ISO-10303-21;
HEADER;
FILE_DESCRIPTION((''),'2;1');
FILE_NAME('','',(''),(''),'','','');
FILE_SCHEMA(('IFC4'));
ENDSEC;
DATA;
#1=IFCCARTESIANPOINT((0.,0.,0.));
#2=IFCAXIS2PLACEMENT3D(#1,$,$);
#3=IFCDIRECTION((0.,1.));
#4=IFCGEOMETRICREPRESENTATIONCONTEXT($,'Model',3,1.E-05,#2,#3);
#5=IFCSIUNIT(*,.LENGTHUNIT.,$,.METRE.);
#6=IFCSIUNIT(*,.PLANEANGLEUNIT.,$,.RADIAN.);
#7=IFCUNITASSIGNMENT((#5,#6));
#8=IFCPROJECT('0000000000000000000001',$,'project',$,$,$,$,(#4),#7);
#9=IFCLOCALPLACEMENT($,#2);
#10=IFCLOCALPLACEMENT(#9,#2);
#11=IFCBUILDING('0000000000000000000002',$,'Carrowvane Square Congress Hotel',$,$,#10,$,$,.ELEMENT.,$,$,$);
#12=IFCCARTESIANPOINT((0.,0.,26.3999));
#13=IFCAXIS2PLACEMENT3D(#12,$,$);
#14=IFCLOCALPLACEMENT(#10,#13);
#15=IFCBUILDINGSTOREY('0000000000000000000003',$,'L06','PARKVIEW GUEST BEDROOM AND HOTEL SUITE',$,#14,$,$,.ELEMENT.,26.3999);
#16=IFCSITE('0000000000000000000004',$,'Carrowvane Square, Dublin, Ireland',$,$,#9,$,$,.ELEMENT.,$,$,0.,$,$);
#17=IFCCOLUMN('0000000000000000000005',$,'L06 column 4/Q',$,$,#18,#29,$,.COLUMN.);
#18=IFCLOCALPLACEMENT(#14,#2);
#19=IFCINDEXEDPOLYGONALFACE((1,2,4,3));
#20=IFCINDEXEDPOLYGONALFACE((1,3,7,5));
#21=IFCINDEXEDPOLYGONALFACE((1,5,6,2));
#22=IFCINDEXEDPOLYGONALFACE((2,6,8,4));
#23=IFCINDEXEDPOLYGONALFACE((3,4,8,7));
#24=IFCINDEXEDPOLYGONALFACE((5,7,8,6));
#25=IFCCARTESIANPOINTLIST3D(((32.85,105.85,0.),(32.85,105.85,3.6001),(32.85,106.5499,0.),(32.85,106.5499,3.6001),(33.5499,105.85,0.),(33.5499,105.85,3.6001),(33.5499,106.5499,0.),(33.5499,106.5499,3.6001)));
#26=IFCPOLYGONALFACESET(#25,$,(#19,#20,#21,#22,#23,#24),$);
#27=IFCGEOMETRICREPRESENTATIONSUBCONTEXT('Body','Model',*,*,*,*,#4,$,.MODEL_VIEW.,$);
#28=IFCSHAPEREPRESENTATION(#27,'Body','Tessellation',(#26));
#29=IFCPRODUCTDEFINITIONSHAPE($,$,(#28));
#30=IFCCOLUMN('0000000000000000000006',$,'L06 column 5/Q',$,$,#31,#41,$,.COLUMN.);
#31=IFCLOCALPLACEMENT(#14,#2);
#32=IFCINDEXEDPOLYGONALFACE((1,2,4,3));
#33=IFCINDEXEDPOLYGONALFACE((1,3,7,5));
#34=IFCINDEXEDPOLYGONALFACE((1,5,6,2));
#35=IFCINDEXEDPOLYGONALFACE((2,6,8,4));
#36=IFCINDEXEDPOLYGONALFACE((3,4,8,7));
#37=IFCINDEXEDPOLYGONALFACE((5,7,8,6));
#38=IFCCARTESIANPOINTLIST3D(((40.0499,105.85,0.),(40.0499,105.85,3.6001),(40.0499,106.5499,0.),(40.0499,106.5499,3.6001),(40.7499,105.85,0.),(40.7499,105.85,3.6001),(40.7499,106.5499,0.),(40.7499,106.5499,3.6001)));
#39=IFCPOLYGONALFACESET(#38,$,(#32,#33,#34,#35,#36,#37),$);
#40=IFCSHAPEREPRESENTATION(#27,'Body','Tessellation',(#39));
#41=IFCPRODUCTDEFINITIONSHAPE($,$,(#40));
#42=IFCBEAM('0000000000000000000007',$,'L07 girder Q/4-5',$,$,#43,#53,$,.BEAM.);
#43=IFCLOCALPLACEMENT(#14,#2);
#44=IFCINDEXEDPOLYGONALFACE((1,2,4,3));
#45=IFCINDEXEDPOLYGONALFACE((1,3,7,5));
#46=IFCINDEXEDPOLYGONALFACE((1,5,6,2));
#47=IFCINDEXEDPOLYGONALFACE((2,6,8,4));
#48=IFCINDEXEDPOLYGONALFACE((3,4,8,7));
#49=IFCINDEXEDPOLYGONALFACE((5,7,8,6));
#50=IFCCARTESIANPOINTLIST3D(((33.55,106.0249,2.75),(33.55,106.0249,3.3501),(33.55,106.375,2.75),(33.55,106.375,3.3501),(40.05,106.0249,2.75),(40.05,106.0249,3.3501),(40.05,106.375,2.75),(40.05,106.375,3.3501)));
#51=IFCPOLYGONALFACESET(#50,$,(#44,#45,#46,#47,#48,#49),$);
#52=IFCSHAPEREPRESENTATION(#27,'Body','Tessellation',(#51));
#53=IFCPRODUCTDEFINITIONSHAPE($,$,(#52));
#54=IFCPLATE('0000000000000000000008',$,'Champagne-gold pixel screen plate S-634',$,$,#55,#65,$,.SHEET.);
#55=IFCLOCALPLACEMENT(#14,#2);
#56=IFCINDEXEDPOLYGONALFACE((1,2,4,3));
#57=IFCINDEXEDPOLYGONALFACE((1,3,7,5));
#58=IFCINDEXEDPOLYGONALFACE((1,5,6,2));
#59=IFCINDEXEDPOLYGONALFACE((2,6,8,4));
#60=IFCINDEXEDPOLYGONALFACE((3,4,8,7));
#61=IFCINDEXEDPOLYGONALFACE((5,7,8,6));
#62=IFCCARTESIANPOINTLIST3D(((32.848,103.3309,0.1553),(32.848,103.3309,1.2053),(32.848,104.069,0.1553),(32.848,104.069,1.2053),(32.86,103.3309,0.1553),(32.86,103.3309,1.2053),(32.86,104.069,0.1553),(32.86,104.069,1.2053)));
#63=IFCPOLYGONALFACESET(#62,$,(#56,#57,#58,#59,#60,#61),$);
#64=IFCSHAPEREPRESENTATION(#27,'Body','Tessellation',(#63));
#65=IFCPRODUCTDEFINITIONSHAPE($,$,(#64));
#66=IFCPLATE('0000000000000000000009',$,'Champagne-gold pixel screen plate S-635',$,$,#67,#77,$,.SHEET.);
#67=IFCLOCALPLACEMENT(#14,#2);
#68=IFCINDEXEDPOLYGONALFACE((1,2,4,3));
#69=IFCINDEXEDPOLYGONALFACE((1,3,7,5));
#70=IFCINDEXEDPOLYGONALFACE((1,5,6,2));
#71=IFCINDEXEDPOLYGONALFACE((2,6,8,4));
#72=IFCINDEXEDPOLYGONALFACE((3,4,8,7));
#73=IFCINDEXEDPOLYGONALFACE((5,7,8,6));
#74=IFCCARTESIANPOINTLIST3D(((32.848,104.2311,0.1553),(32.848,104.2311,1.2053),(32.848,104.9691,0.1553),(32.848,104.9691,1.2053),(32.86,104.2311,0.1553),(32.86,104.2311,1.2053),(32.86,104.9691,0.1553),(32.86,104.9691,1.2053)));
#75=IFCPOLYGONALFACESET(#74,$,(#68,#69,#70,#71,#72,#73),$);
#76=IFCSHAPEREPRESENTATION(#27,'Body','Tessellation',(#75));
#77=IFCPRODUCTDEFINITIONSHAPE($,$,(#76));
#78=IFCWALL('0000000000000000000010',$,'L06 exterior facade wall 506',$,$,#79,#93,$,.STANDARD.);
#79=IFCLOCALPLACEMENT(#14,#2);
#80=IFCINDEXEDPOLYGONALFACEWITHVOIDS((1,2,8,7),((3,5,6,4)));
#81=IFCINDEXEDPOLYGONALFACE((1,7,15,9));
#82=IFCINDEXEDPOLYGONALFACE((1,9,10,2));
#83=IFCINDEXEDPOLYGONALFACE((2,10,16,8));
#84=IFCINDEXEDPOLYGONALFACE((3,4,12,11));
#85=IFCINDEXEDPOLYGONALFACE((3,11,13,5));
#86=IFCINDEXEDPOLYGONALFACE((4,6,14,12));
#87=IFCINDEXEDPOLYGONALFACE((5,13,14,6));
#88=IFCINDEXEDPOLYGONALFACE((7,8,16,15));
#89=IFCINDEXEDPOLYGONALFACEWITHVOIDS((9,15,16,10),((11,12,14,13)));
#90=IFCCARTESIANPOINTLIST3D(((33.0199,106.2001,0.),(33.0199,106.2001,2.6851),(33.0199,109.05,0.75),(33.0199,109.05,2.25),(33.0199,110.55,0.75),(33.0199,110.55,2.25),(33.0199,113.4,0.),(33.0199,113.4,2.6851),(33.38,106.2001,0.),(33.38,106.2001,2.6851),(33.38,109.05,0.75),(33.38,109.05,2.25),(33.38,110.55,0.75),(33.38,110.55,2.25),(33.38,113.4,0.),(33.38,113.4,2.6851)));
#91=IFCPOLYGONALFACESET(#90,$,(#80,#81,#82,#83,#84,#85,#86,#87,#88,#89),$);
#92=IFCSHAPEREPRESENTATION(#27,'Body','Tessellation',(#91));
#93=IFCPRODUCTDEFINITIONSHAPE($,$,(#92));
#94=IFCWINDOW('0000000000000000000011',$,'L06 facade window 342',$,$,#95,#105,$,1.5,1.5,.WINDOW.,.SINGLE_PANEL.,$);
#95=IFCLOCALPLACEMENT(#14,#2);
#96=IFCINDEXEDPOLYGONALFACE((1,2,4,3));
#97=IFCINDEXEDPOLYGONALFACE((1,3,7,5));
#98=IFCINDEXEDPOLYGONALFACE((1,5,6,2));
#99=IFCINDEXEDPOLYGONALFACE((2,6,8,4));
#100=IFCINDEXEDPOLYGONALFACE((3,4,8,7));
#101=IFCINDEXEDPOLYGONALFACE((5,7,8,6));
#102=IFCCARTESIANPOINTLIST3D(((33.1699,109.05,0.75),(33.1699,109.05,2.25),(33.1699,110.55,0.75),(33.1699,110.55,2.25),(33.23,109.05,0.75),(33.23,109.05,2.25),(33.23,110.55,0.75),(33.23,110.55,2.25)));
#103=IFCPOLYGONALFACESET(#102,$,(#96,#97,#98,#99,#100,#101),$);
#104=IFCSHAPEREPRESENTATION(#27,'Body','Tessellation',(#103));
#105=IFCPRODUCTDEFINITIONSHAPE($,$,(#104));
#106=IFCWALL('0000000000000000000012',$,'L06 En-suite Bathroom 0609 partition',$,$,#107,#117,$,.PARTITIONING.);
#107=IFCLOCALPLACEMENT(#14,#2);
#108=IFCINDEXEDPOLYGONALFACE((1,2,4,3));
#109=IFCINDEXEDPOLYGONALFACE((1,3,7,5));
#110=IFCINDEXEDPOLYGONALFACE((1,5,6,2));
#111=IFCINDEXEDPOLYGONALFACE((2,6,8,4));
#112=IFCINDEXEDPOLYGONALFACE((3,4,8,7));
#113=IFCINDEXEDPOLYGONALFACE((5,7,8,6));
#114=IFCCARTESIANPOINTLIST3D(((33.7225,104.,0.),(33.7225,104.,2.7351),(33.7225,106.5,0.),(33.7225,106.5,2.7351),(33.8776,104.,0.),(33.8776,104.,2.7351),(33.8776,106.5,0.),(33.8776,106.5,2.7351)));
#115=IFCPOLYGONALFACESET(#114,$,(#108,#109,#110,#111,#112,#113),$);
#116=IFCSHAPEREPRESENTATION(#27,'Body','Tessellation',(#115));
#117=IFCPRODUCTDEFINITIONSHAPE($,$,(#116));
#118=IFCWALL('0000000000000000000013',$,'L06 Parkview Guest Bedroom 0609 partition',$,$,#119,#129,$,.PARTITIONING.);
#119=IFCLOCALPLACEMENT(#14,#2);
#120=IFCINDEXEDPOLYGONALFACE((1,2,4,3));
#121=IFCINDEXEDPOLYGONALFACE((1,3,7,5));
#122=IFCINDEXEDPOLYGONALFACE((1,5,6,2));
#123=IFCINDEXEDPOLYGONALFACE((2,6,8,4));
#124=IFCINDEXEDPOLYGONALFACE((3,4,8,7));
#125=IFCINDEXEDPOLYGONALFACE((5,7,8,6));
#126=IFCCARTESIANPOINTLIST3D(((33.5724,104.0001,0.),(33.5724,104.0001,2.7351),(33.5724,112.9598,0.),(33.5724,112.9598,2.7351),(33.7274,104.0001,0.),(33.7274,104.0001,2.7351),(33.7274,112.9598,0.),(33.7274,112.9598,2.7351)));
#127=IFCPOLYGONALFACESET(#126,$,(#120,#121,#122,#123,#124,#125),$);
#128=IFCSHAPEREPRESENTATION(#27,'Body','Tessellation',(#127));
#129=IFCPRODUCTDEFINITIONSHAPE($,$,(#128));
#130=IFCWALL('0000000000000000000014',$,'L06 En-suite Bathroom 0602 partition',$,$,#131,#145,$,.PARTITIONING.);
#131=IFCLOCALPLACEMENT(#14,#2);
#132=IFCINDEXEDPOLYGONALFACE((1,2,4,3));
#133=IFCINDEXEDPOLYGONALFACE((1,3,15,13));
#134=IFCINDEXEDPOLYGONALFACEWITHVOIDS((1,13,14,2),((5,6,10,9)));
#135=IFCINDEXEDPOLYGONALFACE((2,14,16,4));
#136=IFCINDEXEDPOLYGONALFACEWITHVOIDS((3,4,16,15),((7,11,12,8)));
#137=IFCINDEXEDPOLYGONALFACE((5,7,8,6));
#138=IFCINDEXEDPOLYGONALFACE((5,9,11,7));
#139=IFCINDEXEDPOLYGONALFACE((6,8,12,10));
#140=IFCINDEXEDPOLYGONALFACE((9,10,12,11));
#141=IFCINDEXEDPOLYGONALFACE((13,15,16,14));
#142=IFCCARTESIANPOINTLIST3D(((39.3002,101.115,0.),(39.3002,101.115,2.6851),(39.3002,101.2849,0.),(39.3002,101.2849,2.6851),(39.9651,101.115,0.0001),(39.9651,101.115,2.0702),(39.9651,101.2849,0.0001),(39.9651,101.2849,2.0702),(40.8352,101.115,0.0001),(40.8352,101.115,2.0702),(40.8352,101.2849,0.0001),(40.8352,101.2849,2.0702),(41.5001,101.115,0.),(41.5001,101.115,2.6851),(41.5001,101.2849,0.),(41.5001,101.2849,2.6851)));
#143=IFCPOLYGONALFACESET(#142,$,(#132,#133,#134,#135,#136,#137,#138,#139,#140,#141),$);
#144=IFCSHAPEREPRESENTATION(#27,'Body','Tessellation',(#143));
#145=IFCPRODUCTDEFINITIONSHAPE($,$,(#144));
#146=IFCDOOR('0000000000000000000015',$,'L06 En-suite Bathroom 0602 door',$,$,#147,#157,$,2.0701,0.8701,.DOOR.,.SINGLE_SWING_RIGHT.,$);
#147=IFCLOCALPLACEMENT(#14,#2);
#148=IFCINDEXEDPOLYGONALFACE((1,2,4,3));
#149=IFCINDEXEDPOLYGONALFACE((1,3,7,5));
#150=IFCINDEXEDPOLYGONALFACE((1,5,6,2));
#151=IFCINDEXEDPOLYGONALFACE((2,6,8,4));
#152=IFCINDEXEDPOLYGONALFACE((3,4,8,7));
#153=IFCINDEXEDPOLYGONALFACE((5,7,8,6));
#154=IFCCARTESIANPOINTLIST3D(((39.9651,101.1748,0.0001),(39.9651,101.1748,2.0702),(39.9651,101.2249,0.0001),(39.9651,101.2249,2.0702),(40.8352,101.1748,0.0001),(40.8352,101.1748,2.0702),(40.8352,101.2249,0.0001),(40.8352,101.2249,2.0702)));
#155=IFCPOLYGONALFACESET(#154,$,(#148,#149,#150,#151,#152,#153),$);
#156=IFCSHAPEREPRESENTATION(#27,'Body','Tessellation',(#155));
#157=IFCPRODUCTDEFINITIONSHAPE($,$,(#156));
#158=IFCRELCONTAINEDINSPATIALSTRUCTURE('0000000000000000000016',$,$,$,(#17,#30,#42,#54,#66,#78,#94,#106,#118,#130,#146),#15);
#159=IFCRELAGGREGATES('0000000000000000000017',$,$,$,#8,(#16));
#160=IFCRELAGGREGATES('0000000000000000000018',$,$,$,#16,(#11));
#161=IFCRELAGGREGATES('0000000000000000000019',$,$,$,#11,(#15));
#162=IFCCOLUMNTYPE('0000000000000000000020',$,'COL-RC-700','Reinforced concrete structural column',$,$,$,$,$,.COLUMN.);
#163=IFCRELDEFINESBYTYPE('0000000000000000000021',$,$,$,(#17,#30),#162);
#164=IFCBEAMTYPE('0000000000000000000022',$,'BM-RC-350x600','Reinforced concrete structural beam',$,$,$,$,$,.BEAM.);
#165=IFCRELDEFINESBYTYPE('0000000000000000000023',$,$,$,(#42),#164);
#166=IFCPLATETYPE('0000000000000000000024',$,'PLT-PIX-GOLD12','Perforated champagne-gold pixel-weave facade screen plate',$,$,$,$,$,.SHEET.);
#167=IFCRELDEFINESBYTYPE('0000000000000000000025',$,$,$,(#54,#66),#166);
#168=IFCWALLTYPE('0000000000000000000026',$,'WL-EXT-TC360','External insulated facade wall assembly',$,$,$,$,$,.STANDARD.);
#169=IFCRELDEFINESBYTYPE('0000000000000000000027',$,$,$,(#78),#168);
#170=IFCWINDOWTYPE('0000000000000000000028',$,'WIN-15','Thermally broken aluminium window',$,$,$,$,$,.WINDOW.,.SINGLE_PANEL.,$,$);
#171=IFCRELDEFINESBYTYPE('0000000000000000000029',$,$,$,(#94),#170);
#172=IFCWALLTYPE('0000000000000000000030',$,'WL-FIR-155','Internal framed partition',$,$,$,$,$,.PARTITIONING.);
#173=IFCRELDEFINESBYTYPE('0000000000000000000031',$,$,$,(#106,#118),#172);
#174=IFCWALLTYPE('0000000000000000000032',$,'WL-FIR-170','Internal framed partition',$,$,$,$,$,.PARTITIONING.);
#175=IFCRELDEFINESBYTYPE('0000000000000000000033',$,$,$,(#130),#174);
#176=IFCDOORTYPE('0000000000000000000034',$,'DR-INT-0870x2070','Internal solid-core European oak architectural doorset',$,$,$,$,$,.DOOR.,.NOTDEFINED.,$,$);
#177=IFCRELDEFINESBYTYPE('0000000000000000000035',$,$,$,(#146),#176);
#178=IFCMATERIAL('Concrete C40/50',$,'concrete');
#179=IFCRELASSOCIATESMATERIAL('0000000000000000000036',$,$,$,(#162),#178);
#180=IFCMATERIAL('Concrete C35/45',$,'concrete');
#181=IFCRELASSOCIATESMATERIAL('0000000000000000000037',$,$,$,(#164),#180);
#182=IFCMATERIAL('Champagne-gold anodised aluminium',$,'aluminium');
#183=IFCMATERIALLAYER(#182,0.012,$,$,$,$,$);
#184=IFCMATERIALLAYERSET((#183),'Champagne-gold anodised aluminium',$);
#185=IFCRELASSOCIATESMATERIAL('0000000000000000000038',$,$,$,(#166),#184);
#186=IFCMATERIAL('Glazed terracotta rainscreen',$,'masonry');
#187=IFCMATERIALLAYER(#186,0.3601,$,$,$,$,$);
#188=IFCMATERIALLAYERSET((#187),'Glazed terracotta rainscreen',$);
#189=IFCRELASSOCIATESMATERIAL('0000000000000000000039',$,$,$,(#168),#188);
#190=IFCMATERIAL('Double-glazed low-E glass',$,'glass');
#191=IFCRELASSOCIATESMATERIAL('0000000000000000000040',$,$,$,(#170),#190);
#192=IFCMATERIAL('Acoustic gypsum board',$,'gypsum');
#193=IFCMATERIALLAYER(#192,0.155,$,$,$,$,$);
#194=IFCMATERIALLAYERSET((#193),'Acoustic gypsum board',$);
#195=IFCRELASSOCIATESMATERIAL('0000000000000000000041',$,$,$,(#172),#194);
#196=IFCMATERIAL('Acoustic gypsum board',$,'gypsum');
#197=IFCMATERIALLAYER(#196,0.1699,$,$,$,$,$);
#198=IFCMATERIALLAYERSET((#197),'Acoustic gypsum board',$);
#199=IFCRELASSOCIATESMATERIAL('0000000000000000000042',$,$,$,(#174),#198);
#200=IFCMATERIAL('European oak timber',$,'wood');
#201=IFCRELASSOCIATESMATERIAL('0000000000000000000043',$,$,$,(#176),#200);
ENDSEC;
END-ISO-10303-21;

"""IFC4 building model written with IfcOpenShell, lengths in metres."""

from ifc_helpers import new_model, si_unit, direction, frame, frame_2d, origin, origin_2d, place, context, subcontext, project, spatial, rectangle, extrude, material, layer, layer_set, material_profile, profile_set, type_object, element, fill, save


model = new_model("IFC4")

# Units and contexts
model_context = context("Model", 3, precision=1e-05, world=origin(), true_north=direction((0.0, 1.0)))
body_context = subcontext(model_context, "Body", "Model", "MODEL_VIEW")
ifc_project = project(units=[si_unit("LENGTHUNIT", "METRE"), si_unit("PLANEANGLEUNIT", "RADIAN")], contexts=[model_context])

# Site, building, storey
site_placement = place(None, origin())
site = spatial("IfcSite", under=ifc_project, at=site_placement, Name="Carrowvane Square, Dublin, Ireland", CompositionType="ELEMENT", RefElevation=0.0)
building_placement = place(site_placement, origin())
building = spatial("IfcBuilding", under=site, at=building_placement, Name="Carrowvane Square Congress Hotel", CompositionType="ELEMENT")
storey_placement = place(building_placement, frame((0.0, 0.0, 26.3999)))
storey = spatial("IfcBuildingStorey", under=building, at=storey_placement, Name="L06", Description="PARKVIEW GUEST BEDROOM AND HOTEL SUITE", CompositionType="ELEMENT", Elevation=26.3999)

# Columns
ifc_material_1 = material(Name="Concrete C40/50", Category="concrete")
ifc_material_profile_1 = material_profile(ifc_material_1, rectangle(XDim=0.7, YDim=0.7, at=origin_2d()), Name="RC 700x700")
ifc_profile_set_1 = profile_set([ifc_material_profile_1], Name="Concrete C40/50")
column_type = type_object("IfcColumnType", Name="COL-RC-700", Description="Reinforced concrete structural column", PredefinedType="COLUMN", material=ifc_profile_set_1)
for number, where, z_axis, x_axis, name in (
    (1, (33.2, 106.2, 0.0), (0.0, 0.0, 1.0), (1.0, 0.0, 0.0), "L06 column 4/Q"),
    (2, (40.3999, 106.2, 0.0), (0.0, 0.0, 1.0), (1.0, 0.0, 0.0), "L06 column 5/Q"),
):
    element("IfcColumn", number, at=place(storey_placement, frame(where, z_axis=z_axis, x_axis=x_axis)), inside=storey, type_object=column_type, Name=name, PredefinedType="COLUMN", context=body_context, shape_type="SweptSolid", body=[
        extrude(rectangle(XDim=0.7, YDim=0.7, at=origin_2d()), origin(), (0.0, 0.0, 1.0), 3.6001),
    ])

# Beam
ifc_material_2 = material(Name="Concrete C35/45", Category="concrete")
ifc_material_profile_2 = material_profile(ifc_material_2, rectangle(XDim=0.3501, YDim=0.6001, at=origin_2d()), Name="RC 350x600")
ifc_profile_set_2 = profile_set([ifc_material_profile_2], Name="Concrete C35/45")
beam_type = type_object("IfcBeamType", Name="BM-RC-350x600", Description="Reinforced concrete structural beam", PredefinedType="BEAM", material=ifc_profile_set_2)
beam_placement = place(storey_placement, frame((33.55, 106.2, 3.05), z_axis=(1.0, 0.0, 0.0), x_axis=(0.0, 1.0, 0.0)))
element("IfcBeam", 3, at=beam_placement, inside=storey, type_object=beam_type, Name="L07 girder Q/4-5", PredefinedType="BEAM", context=body_context, shape_type="SweptSolid", body=[
    extrude(rectangle(XDim=0.3501, YDim=0.6001, at=origin_2d()), origin(), (0.0, 0.0, 1.0), 6.5),
])

# Plates
ifc_material_3 = material(Name="Champagne-gold anodised aluminium", Category="aluminium")
ifc_layer_1 = layer(ifc_material_3, 0.012)
ifc_layer_set_1 = layer_set([ifc_layer_1], Name="Champagne-gold anodised aluminium")
plate_type = type_object("IfcPlateType", Name="PLT-PIX-GOLD12", Description="Perforated champagne-gold pixel-weave facade screen plate", PredefinedType="SHEET", material=ifc_layer_set_1)
for number, where, z_axis, x_axis, name in (
    (4, (32.854, 103.7, 0.1553), (0.0, 0.0, 1.0), (0.0, 1.0, 0.0), "Champagne-gold pixel screen plate S-634"),
    (5, (32.854, 104.6001, 0.1553), (0.0, 0.0, 1.0), (0.0, 1.0, 0.0), "Champagne-gold pixel screen plate S-635"),
):
    element("IfcPlate", number, at=place(storey_placement, frame(where, z_axis=z_axis, x_axis=x_axis)), inside=storey, type_object=plate_type, Name=name, PredefinedType="SHEET", context=body_context, shape_type="SweptSolid", body=[
        extrude(rectangle(XDim=0.738, YDim=0.012, at=origin_2d()), origin(), (0.0, 0.0, 1.0), 1.05),
    ])

# Wall, opening, window
ifc_material_4 = material(Name="Glazed terracotta rainscreen", Category="masonry")
ifc_layer_2 = layer(ifc_material_4, 0.3601)
ifc_layer_set_2 = layer_set([ifc_layer_2], Name="Glazed terracotta rainscreen")
wall_type_1 = type_object("IfcWallType", Name="WL-EXT-TC360", Description="External insulated facade wall assembly", PredefinedType="STANDARD", material=ifc_layer_set_2)
wall_1_placement = place(storey_placement, frame((33.2, 106.2, 0.0), z_axis=(0.0, 0.0, 1.0), x_axis=(0.0, 1.0, 0.0)))
wall_1 = element("IfcWall", 6, at=wall_1_placement, inside=storey, type_object=wall_type_1, Name="L06 exterior facade wall 506", PredefinedType="STANDARD", context=body_context, shape_type="SweptSolid", body=[
    extrude(rectangle(XDim=7.2, YDim=0.3601, at=frame_2d((3.6001, 0.0))), origin(), (0.0, 0.0, 1.0), 2.6851),
])
opening_1_placement = place(wall_1_placement, frame((2.8501, 0.0, 0.75)))
opening_1 = element("IfcOpeningElement", 7, at=opening_1_placement, cuts=wall_1, PredefinedType="OPENING", context=body_context, shape_type="SweptSolid", body=[
    extrude(rectangle(XDim=1.5, YDim=1.5, at=frame_2d((0.75, 0.75))), frame((0.0, 0.1899, 0.0), z_axis=(0.0, -1.0, 0.0), x_axis=(1.0, 0.0, 0.0)), (0.0, 0.0, 1.0), 0.3801),
])
ifc_material_5 = material(Name="Double-glazed low-E glass", Category="glass")
window_type = type_object("IfcWindowType", Name="WIN-15", Description="Thermally broken aluminium window", PartitioningType="SINGLE_PANEL", PredefinedType="WINDOW", material=ifc_material_5)
window_placement = place(opening_1_placement, origin())
window = element("IfcWindow", 8, at=window_placement, inside=storey, type_object=window_type, Name="L06 facade window 342", OverallHeight=1.5, OverallWidth=1.5, PartitioningType="SINGLE_PANEL", PredefinedType="WINDOW", context=body_context, shape_type="SweptSolid", body=[
    extrude(rectangle(XDim=1.5, YDim=1.5, at=frame_2d((0.75, 0.75))), frame((0.0, 0.03, 0.0), z_axis=(0.0, -1.0, 0.0), x_axis=(1.0, 0.0, 0.0)), (0.0, 0.0, 1.0), 0.0601),
])
fill(opening_1, window)

# Walls
ifc_material_6 = material(Name="Acoustic gypsum board", Category="gypsum")
ifc_layer_3 = layer(ifc_material_6, 0.155)
ifc_layer_set_3 = layer_set([ifc_layer_3], Name="Acoustic gypsum board")
wall_type_2 = type_object("IfcWallType", Name="WL-FIR-155", Description="Internal framed partition", PredefinedType="PARTITIONING", material=ifc_layer_set_3)
wall_2_placement = place(storey_placement, frame((33.8, 104.0, 0.0), z_axis=(0.0, 0.0, 1.0), x_axis=(0.0, 1.0, 0.0)))
element("IfcWall", 9, at=wall_2_placement, inside=storey, type_object=wall_type_2, Name="L06 En-suite Bathroom 0609 partition", PredefinedType="PARTITIONING", context=body_context, shape_type="SweptSolid", body=[
    extrude(rectangle(XDim=2.5, YDim=0.155, at=frame_2d((1.25, 0.0))), origin(), (0.0, 0.0, 1.0), 2.7351),
])
wall_3_placement = place(storey_placement, frame((33.6499, 104.0, 0.0), z_axis=(0.0, 0.0, 1.0), x_axis=(0.0, 1.0, 0.0)))
element("IfcWall", 10, at=wall_3_placement, inside=storey, type_object=wall_type_2, Name="L06 Parkview Guest Bedroom 0609 partition", PredefinedType="PARTITIONING", context=body_context, shape_type="SweptSolid", body=[
    extrude(rectangle(XDim=8.9597, YDim=0.155, at=frame_2d((4.48, 0.0))), origin(), (0.0, 0.0, 1.0), 2.7351),
])

# Wall, opening, door
ifc_material_7 = material(Name="Acoustic gypsum board", Category="gypsum")
ifc_layer_4 = layer(ifc_material_7, 0.1699)
ifc_layer_set_4 = layer_set([ifc_layer_4], Name="Acoustic gypsum board")
wall_type_3 = type_object("IfcWallType", Name="WL-FIR-170", Description="Internal framed partition", PredefinedType="PARTITIONING", material=ifc_layer_set_4)
wall_4_placement = place(storey_placement, frame((39.3, 101.2, 0.0), z_axis=(0.0, 0.0, 1.0), x_axis=(1.0, 0.0, 0.0)))
wall_4 = element("IfcWall", 11, at=wall_4_placement, inside=storey, type_object=wall_type_3, Name="L06 En-suite Bathroom 0602 partition", PredefinedType="PARTITIONING", context=body_context, shape_type="SweptSolid", body=[
    extrude(rectangle(XDim=2.2, YDim=0.1699, at=frame_2d((1.1001, 0.0))), origin(), (0.0, 0.0, 1.0), 2.6851),
])
opening_2_placement = place(wall_4_placement, frame((0.665, 0.0, 0.0)))
opening_2 = element("IfcOpeningElement", 12, at=opening_2_placement, cuts=wall_4, PredefinedType="OPENING", context=body_context, shape_type="SweptSolid", body=[
    extrude(rectangle(XDim=0.8701, YDim=2.0701, at=frame_2d((0.4351, 1.0352))), frame((0.0, 0.095, 0.0), z_axis=(0.0, -1.0, 0.0), x_axis=(1.0, 0.0, 0.0)), (0.0, 0.0, 1.0), 0.1899),
])
ifc_material_8 = material(Name="European oak timber", Category="wood")
door_type_1 = type_object("IfcDoorType", Name="DR-INT-0870x2070", Description="Internal solid-core European oak architectural doorset", OperationType="NOTDEFINED", PredefinedType="DOOR", material=ifc_material_8)
door_1_placement = place(opening_2_placement, origin())
door_1 = element("IfcDoor", 13, at=door_1_placement, inside=storey, type_object=door_type_1, Name="L06 En-suite Bathroom 0602 door", OperationType="SINGLE_SWING_RIGHT", OverallHeight=2.0701, OverallWidth=0.8701, PredefinedType="DOOR", context=body_context, shape_type="SweptSolid", body=[
    extrude(rectangle(XDim=0.8701, YDim=2.0701, at=frame_2d((0.4351, 1.0352))), frame((0.0, 0.0249, 0.0), z_axis=(0.0, -1.0, 0.0), x_axis=(1.0, 0.0, 0.0)), (0.0, 0.0, 1.0), 0.05),
])
fill(opening_2, door_1)

save(model, "model.ifc")
